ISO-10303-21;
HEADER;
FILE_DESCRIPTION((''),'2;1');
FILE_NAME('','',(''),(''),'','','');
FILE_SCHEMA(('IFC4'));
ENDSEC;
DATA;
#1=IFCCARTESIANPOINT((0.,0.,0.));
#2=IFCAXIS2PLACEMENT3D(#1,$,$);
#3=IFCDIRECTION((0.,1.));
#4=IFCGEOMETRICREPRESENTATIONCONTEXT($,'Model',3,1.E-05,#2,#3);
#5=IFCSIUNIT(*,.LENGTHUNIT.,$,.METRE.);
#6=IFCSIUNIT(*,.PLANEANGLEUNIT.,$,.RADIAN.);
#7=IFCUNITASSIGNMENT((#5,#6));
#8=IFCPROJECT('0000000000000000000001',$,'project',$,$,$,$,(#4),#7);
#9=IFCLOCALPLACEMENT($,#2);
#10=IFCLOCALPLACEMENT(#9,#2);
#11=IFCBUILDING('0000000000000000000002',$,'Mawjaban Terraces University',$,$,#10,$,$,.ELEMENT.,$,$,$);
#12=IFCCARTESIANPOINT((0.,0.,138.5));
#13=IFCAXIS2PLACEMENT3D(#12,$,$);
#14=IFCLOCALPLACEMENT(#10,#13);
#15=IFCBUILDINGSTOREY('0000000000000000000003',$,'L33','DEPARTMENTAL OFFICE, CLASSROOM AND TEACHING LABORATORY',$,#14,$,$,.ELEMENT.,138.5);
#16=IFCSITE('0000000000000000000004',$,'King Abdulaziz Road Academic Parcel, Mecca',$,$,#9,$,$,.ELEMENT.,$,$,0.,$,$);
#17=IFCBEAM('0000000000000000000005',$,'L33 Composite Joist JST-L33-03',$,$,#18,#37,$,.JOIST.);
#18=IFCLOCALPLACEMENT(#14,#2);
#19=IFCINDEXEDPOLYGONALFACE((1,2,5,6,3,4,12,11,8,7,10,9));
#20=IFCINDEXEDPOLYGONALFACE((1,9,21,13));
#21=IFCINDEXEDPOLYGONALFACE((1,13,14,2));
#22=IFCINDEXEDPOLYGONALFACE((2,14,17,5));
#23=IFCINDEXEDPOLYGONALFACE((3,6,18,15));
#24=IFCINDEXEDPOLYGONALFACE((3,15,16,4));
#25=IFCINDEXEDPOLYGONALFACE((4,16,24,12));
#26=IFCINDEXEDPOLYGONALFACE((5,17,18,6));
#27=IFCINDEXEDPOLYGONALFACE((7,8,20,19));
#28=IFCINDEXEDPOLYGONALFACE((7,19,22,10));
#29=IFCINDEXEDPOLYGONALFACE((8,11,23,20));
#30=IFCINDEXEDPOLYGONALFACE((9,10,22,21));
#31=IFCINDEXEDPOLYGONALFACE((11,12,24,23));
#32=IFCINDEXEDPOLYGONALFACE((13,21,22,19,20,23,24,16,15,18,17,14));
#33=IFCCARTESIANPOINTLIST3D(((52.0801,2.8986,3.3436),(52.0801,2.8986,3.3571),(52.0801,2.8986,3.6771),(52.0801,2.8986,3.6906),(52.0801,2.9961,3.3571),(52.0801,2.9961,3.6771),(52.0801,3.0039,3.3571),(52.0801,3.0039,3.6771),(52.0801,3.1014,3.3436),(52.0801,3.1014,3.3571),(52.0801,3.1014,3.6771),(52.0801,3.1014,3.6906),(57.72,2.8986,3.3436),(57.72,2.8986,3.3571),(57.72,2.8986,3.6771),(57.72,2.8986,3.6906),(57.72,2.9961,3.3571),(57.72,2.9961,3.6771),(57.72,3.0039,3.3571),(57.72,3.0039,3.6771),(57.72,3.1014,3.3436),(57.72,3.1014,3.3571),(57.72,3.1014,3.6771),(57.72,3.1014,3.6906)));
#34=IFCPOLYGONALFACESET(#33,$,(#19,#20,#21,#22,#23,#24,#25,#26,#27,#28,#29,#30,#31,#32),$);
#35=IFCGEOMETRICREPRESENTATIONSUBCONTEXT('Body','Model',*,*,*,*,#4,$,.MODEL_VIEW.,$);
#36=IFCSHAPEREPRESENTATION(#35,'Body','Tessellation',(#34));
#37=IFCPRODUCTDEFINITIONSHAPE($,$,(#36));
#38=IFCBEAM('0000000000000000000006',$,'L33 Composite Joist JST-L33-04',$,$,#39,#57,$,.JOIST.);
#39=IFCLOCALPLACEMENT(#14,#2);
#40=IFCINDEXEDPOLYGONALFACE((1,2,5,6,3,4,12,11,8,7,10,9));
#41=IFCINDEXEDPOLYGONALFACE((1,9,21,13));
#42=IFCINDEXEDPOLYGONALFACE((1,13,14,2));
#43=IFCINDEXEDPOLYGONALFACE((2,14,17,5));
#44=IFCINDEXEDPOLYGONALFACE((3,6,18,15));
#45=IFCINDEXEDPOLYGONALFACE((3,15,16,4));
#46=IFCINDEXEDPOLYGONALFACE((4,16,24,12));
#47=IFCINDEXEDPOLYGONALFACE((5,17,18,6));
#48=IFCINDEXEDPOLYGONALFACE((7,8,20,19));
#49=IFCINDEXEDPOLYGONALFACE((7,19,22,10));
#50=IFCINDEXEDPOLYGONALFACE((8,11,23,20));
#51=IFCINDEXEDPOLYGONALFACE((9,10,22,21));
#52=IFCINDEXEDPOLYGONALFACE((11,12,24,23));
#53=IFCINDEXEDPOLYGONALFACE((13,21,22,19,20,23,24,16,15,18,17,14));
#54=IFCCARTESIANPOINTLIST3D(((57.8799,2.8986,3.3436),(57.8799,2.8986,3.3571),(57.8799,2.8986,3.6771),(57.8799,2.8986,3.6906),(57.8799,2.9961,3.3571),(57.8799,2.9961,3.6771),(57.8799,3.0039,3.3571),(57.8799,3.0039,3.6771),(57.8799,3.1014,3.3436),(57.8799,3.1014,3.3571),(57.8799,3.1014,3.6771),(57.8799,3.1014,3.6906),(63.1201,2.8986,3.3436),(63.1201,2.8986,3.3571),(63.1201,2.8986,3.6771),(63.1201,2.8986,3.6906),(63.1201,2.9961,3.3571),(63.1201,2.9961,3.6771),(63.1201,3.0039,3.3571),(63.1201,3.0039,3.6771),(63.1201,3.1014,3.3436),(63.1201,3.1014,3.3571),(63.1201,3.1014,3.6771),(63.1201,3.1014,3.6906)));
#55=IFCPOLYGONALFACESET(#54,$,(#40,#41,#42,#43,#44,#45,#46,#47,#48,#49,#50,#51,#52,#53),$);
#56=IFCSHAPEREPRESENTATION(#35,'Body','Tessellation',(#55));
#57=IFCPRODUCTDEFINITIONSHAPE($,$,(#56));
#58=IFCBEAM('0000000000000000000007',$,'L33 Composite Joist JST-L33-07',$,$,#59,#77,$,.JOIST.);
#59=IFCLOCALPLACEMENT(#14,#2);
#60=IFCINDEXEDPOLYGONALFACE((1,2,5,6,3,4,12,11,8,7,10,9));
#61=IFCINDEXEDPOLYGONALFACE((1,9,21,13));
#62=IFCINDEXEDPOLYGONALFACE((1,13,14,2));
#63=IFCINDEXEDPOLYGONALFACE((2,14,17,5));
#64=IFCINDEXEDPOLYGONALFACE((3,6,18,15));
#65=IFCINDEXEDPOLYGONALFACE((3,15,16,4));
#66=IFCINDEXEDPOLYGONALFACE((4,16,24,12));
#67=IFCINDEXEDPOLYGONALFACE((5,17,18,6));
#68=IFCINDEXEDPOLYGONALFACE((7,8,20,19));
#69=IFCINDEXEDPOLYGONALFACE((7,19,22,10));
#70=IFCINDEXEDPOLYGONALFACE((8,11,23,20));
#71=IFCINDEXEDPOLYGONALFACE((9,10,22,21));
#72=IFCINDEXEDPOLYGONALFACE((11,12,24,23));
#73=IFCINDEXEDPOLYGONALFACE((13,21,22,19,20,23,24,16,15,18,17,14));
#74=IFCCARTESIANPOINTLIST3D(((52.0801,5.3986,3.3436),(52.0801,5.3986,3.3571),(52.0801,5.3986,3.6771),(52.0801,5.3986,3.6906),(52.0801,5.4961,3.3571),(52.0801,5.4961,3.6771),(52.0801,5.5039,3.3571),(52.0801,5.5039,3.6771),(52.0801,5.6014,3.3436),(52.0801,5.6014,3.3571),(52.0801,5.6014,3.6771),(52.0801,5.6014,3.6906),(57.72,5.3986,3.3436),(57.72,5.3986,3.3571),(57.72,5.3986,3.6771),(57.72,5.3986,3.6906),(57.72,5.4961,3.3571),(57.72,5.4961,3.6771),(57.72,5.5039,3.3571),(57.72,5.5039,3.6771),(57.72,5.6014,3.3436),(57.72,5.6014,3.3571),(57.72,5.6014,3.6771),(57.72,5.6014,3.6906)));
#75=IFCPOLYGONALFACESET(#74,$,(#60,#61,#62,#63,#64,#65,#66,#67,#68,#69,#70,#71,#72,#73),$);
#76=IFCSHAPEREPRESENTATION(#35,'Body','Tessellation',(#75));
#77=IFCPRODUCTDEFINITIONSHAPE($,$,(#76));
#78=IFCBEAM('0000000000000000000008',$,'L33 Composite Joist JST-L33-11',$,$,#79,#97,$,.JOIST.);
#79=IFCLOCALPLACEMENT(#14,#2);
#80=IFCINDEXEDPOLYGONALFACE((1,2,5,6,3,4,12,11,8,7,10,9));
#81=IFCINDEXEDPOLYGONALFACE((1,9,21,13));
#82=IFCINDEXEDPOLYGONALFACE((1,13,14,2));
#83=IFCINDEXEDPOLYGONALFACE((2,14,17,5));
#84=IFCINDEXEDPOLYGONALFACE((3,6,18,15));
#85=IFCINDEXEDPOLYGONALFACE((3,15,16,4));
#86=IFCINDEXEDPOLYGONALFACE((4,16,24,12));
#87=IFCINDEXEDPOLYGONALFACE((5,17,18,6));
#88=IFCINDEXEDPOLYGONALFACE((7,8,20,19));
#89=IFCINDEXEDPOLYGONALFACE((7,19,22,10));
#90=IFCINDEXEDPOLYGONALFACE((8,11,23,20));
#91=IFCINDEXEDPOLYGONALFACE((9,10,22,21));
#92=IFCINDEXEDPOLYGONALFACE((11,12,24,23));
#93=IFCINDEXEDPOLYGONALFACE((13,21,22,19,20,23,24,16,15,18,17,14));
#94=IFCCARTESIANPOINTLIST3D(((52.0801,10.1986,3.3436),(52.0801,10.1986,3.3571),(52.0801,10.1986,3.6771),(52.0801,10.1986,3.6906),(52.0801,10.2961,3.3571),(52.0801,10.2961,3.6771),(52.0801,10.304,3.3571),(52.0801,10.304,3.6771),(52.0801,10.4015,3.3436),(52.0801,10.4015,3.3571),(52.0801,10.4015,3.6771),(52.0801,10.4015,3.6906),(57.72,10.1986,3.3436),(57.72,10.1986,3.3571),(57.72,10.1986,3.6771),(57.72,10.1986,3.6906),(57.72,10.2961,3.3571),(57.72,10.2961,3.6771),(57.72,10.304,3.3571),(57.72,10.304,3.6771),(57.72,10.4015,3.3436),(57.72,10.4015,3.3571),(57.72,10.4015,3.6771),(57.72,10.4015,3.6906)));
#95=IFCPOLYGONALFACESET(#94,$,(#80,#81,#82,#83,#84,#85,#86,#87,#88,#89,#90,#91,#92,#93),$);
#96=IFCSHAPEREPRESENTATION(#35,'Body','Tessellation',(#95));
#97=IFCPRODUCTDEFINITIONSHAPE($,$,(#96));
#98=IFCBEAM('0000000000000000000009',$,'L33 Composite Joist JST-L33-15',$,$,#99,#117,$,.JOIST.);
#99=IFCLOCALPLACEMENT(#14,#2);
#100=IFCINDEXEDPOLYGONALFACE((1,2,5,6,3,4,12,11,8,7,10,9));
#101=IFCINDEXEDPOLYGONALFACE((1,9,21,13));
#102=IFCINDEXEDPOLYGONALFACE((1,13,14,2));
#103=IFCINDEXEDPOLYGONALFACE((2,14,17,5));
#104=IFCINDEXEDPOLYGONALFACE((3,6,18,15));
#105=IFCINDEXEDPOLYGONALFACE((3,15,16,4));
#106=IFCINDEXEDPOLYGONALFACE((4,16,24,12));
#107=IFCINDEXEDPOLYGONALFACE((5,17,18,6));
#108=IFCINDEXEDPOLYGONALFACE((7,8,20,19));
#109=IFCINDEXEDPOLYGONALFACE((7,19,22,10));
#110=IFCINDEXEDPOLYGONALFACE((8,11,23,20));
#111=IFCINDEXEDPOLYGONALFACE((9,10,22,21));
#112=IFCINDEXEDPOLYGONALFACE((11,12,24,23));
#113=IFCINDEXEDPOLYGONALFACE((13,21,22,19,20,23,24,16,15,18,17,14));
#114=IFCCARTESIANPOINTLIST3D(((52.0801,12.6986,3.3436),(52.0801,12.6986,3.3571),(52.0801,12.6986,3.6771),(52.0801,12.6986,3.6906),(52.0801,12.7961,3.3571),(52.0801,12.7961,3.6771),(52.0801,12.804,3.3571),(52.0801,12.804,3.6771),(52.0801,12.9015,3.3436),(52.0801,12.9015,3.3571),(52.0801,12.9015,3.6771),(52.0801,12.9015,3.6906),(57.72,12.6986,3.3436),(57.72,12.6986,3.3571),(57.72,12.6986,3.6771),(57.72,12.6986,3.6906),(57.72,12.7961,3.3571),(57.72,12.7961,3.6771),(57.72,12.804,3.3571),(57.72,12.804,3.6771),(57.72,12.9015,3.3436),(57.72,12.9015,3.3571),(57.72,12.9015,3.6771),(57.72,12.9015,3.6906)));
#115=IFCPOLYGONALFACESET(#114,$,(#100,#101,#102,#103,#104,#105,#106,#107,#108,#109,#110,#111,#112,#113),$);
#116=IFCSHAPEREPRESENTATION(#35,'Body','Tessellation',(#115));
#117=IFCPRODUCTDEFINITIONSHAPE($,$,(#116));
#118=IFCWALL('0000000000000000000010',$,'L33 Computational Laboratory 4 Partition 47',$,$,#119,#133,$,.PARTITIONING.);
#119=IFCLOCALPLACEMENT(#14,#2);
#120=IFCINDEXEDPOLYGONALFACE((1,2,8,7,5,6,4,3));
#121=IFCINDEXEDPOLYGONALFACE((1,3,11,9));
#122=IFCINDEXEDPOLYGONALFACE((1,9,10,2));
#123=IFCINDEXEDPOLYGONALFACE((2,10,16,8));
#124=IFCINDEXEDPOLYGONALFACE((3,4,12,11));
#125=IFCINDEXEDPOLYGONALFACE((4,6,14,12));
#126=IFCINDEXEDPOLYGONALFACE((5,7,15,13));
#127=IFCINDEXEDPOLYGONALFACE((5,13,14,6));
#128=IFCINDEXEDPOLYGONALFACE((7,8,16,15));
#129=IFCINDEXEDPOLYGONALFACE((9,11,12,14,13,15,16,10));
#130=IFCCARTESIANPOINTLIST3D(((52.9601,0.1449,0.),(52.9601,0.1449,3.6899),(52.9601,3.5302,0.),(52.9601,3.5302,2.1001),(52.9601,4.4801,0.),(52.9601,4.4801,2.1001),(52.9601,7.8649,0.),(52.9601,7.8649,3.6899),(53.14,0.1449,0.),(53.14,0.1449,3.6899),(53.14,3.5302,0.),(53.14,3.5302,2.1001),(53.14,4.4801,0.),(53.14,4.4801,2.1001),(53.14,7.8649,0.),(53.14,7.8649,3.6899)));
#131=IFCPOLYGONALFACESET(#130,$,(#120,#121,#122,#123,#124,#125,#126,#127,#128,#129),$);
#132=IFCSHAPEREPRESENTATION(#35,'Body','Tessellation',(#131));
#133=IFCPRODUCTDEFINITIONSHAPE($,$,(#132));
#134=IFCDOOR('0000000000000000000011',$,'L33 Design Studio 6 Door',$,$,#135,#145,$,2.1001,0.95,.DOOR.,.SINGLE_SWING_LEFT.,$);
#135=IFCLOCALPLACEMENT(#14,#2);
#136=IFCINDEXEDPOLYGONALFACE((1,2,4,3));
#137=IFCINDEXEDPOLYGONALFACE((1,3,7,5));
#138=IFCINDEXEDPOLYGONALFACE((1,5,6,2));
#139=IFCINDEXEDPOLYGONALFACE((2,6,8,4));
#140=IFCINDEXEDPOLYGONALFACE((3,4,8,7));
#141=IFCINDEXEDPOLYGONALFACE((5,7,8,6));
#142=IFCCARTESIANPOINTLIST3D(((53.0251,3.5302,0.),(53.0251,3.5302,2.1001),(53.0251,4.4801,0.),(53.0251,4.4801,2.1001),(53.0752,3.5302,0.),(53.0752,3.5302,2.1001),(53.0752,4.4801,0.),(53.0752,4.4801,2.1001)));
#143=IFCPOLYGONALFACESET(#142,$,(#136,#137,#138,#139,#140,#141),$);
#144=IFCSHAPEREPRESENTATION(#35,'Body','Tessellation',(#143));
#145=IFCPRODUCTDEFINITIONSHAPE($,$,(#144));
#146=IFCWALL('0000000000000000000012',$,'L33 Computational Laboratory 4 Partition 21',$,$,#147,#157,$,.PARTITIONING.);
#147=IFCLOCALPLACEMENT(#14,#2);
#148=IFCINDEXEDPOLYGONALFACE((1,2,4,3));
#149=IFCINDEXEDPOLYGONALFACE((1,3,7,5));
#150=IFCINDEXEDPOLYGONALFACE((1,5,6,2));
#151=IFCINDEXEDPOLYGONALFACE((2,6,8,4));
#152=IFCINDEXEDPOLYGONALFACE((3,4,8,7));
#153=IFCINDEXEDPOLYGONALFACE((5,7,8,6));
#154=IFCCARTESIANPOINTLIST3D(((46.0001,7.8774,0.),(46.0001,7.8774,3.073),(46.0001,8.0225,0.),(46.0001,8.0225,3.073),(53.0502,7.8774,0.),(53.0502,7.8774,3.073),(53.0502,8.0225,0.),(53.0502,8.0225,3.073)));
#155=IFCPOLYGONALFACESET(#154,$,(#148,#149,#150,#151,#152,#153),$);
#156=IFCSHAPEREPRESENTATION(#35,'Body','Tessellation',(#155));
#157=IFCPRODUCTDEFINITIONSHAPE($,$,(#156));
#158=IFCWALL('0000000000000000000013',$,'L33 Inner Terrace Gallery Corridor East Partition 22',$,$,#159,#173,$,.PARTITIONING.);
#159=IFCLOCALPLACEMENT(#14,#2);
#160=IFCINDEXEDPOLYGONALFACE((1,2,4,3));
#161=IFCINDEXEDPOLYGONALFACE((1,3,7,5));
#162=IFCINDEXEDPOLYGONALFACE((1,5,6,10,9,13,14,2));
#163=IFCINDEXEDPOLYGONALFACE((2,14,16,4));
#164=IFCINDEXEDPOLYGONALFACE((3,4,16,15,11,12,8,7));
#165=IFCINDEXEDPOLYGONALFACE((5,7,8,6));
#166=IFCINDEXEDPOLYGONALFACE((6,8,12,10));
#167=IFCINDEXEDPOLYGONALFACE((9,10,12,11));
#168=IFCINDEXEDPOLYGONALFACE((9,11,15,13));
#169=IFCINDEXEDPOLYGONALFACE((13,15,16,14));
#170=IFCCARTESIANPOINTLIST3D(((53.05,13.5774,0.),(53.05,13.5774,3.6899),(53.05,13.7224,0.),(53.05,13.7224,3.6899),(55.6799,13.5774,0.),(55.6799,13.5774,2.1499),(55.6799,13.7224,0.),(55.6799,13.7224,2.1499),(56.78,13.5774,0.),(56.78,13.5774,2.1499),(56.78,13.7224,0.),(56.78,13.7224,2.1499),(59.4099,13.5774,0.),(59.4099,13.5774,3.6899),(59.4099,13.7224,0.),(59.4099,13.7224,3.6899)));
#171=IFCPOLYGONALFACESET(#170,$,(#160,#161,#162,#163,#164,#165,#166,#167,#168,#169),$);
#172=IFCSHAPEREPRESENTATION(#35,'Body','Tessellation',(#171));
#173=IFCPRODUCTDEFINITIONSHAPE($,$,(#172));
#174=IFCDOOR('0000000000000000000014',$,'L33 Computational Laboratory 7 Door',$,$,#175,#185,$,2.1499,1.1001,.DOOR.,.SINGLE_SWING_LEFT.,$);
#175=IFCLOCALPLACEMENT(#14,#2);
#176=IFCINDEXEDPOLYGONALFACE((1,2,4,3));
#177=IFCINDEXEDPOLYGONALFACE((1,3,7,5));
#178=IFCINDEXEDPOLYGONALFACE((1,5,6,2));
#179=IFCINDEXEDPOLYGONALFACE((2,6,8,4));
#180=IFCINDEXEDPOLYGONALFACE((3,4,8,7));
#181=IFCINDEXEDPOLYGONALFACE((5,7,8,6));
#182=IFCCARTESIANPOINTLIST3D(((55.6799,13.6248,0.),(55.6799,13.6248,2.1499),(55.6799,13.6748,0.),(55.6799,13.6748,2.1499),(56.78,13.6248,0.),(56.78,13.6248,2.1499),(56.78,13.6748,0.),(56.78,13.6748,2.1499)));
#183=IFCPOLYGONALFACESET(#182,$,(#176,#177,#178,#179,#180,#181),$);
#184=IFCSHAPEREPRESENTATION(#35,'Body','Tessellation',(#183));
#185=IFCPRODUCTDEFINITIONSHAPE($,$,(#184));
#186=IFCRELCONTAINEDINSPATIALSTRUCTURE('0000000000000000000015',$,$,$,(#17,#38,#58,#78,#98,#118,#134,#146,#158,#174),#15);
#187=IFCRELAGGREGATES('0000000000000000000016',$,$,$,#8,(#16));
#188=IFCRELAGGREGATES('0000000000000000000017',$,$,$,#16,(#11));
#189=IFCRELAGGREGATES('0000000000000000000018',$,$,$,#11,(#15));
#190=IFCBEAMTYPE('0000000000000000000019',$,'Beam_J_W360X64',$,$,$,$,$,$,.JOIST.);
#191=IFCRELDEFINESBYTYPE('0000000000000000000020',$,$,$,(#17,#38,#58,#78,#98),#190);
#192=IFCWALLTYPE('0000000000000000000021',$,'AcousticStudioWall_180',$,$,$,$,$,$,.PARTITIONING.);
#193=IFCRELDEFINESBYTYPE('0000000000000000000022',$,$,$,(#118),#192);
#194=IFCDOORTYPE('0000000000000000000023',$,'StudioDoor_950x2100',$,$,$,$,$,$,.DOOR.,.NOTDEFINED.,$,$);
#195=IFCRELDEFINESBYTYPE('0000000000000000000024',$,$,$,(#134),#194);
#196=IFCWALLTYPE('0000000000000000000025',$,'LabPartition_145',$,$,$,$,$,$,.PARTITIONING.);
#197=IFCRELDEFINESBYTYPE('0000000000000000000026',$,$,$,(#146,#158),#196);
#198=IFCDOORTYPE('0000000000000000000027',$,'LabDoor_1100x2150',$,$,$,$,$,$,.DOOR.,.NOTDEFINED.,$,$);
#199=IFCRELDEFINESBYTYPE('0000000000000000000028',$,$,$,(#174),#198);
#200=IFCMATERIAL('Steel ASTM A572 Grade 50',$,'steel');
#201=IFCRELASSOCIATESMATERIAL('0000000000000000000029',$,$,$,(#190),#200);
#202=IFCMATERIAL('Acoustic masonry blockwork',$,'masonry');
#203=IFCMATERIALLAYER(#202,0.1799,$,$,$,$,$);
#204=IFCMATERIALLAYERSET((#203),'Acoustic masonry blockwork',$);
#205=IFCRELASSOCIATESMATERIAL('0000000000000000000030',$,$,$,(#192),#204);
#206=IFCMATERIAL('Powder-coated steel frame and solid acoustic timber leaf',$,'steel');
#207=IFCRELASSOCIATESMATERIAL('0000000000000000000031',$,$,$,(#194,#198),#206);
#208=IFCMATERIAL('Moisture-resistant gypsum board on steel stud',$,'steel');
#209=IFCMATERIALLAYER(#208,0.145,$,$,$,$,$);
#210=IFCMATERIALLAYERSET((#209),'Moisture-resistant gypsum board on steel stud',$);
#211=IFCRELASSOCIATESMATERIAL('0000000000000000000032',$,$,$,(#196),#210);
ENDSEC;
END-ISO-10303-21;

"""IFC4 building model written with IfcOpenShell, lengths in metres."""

from ifc_helpers import new_model, si_unit, direction, frame, frame_2d, origin, origin_2d, place, context, subcontext, project, spatial, rectangle, i_section, extrude, material, layer, layer_set, material_profile, profile_set, type_object, element, fill, save


model = new_model("IFC4")

# Units and contexts
model_context = context("Model", 3, precision=1e-05, world=origin(), true_north=direction((0.0, 1.0)))
body_context = subcontext(model_context, "Body", "Model", "MODEL_VIEW")
ifc_project = project(units=[si_unit("LENGTHUNIT", "METRE"), si_unit("PLANEANGLEUNIT", "RADIAN")], contexts=[model_context])

# Site, building, storey
site_placement = place(None, origin())
site = spatial("IfcSite", under=ifc_project, at=site_placement, Name="King Abdulaziz Road Academic Parcel, Mecca", CompositionType="ELEMENT", RefElevation=0.0)
building_placement = place(site_placement, origin())
building = spatial("IfcBuilding", under=site, at=building_placement, Name="Mawjaban Terraces University", CompositionType="ELEMENT")
storey_placement = place(building_placement, frame((0.0, 0.0, 138.5)))
storey = spatial("IfcBuildingStorey", under=building, at=storey_placement, Name="L33", Description="DEPARTMENTAL OFFICE, CLASSROOM AND TEACHING LABORATORY", CompositionType="ELEMENT", Elevation=138.5)

# Beams
ifc_material_1 = material(Name="Steel ASTM A572 Grade 50", Category="steel")
ifc_material_profile_1 = material_profile(ifc_material_1, i_section(OverallWidth=0.2029, OverallDepth=0.3469, WebThickness=0.0078, FlangeThickness=0.0134, at=origin_2d()), Name="W360X64")
ifc_profile_set_1 = profile_set([ifc_material_profile_1], Name="Steel ASTM A572 Grade 50")
beam_type_1 = type_object("IfcBeamType", Name="Beam_J_W360X64", PredefinedType="JOIST", material=ifc_profile_set_1)
beam_1_placement = place(storey_placement, frame((52.0801, 3.0, 3.5171), z_axis=(1.0, 0.0, 0.0), x_axis=(0.0, 1.0, 0.0)))
element("IfcBeam", 1, at=beam_1_placement, inside=storey, type_object=beam_type_1, Name="L33 Composite Joist JST-L33-03", PredefinedType="JOIST", context=body_context, shape_type="SweptSolid", body=[
    extrude(i_section(OverallWidth=0.2029, OverallDepth=0.3469, WebThickness=0.0078, FlangeThickness=0.0134, at=origin_2d()), origin(), (0.0, 0.0, 1.0), 5.6399),
])
beam_2_placement = place(storey_placement, frame((57.8799, 3.0, 3.5171), z_axis=(1.0, 0.0, 0.0), x_axis=(0.0, 1.0, 0.0)))
element("IfcBeam", 2, at=beam_2_placement, inside=storey, type_object=beam_type_1, Name="L33 Composite Joist JST-L33-04", PredefinedType="JOIST", context=body_context, shape_type="SweptSolid", body=[
    extrude(i_section(OverallWidth=0.2029, OverallDepth=0.3469, WebThickness=0.0078, FlangeThickness=0.0134, at=origin_2d()), origin(), (0.0, 0.0, 1.0), 5.2402),
])
for number, where, z_axis, x_axis, name in (
    (3, (52.0801, 5.5, 3.5171), (1.0, 0.0, 0.0), (0.0, 1.0, 0.0), "L33 Composite Joist JST-L33-07"),
    (4, (52.0801, 10.3, 3.5171), (1.0, 0.0, 0.0), (0.0, 1.0, 0.0), "L33 Composite Joist JST-L33-11"),
    (5, (52.0801, 12.8, 3.5171), (1.0, 0.0, 0.0), (0.0, 1.0, 0.0), "L33 Composite Joist JST-L33-15"),
):
    element("IfcBeam", number, at=place(storey_placement, frame(where, z_axis=z_axis, x_axis=x_axis)), inside=storey, type_object=beam_type_1, Name=name, PredefinedType="JOIST", context=body_context, shape_type="SweptSolid", body=[
        extrude(i_section(OverallWidth=0.2029, OverallDepth=0.3469, WebThickness=0.0078, FlangeThickness=0.0134, at=origin_2d()), origin(), (0.0, 0.0, 1.0), 5.6399),
    ])

# Wall, opening, door
ifc_material_2 = material(Name="Acoustic masonry blockwork", Category="masonry")
ifc_layer_1 = layer(ifc_material_2, 0.1799)
ifc_layer_set_1 = layer_set([ifc_layer_1], Name="Acoustic masonry blockwork")
wall_type_1 = type_object("IfcWallType", Name="AcousticStudioWall_180", PredefinedType="PARTITIONING", material=ifc_layer_set_1)
wall_1_placement = place(storey_placement, frame((53.05, 0.145, 0.0), z_axis=(0.0, 0.0, 1.0), x_axis=(0.0, 1.0, 0.0)))
wall_1 = element("IfcWall", 6, at=wall_1_placement, inside=storey, type_object=wall_type_1, Name="L33 Computational Laboratory 4 Partition 47", PredefinedType="PARTITIONING", context=body_context, shape_type="SweptSolid", body=[
    extrude(rectangle(XDim=7.72, YDim=0.1799, at=frame_2d((3.8599, 0.0))), origin(), (0.0, 0.0, 1.0), 3.6899),
])
opening_1_placement = place(wall_1_placement, frame((3.385, 0.0, 0.0)))
opening_1 = element("IfcOpeningElement", 7, at=opening_1_placement, cuts=wall_1, PredefinedType="OPENING", context=body_context, shape_type="SweptSolid", body=[
    extrude(rectangle(XDim=0.95, YDim=2.1001, at=frame_2d((0.4751, 1.05))), frame((0.0, 0.0999, 0.0), z_axis=(0.0, -1.0, 0.0), x_axis=(1.0, 0.0, 0.0)), (0.0, 0.0, 1.0), 0.2),
])
ifc_material_3 = material(Name="Powder-coated steel frame and solid acoustic timber leaf", Category="steel")
door_type_1 = type_object("IfcDoorType", Name="StudioDoor_950x2100", OperationType="NOTDEFINED", PredefinedType="DOOR", material=ifc_material_3)
door_1_placement = place(opening_1_placement, origin())
door_1 = element("IfcDoor", 8, at=door_1_placement, inside=storey, type_object=door_type_1, Name="L33 Design Studio 6 Door", OperationType="SINGLE_SWING_LEFT", OverallHeight=2.1001, OverallWidth=0.95, PredefinedType="DOOR", context=body_context, shape_type="SweptSolid", body=[
    extrude(rectangle(XDim=0.95, YDim=2.1001, at=frame_2d((0.4751, 1.05))), frame((0.0, 0.0249, 0.0), z_axis=(0.0, -1.0, 0.0), x_axis=(1.0, 0.0, 0.0)), (0.0, 0.0, 1.0), 0.05),
])
fill(opening_1, door_1)

# Wall
ifc_material_4 = material(Name="Moisture-resistant gypsum board on steel stud", Category="steel")
ifc_layer_2 = layer(ifc_material_4, 0.145)
ifc_layer_set_2 = layer_set([ifc_layer_2], Name="Moisture-resistant gypsum board on steel stud")
wall_type_2 = type_object("IfcWallType", Name="LabPartition_145", PredefinedType="PARTITIONING", material=ifc_layer_set_2)
wall_2_placement = place(storey_placement, frame((53.05, 7.95, 0.0), z_axis=(0.0, 0.0, 1.0), x_axis=(-1.0, 0.0, 0.0)))
element("IfcWall", 9, at=wall_2_placement, inside=storey, type_object=wall_type_2, Name="L33 Computational Laboratory 4 Partition 21", PredefinedType="PARTITIONING", context=body_context, shape_type="SweptSolid", body=[
    extrude(rectangle(XDim=7.05, YDim=0.145, at=frame_2d((3.5249, 0.0))), origin(), (0.0, 0.0, 1.0), 3.073),
])

# Wall, opening, door
wall_3_placement = place(storey_placement, frame((53.05, 13.6499, 0.0), z_axis=(0.0, 0.0, 1.0), x_axis=(1.0, 0.0, 0.0)))
wall_3 = element("IfcWall", 10, at=wall_3_placement, inside=storey, type_object=wall_type_2, Name="L33 Inner Terrace Gallery Corridor East Partition 22", PredefinedType="PARTITIONING", context=body_context, shape_type="SweptSolid", body=[
    extrude(rectangle(XDim=6.3599, YDim=0.145, at=frame_2d((3.1799, 0.0))), origin(), (0.0, 0.0, 1.0), 3.6899),
])
opening_2_placement = place(wall_3_placement, frame((2.6299, 0.0, 0.0)))
opening_2 = element("IfcOpeningElement", 11, at=opening_2_placement, cuts=wall_3, PredefinedType="OPENING", context=body_context, shape_type="SweptSolid", body=[
    extrude(rectangle(XDim=1.1001, YDim=2.1499, at=frame_2d((0.55, 1.075))), frame((0.0, 0.0825, 0.0), z_axis=(0.0, -1.0, 0.0), x_axis=(1.0, 0.0, 0.0)), (0.0, 0.0, 1.0), 0.165),
])
door_type_2 = type_object("IfcDoorType", Name="LabDoor_1100x2150", OperationType="NOTDEFINED", PredefinedType="DOOR", material=ifc_material_3)
door_2_placement = place(opening_2_placement, origin())
door_2 = element("IfcDoor", 12, at=door_2_placement, inside=storey, type_object=door_type_2, Name="L33 Computational Laboratory 7 Door", OperationType="SINGLE_SWING_LEFT", OverallHeight=2.1499, OverallWidth=1.1001, PredefinedType="DOOR", context=body_context, shape_type="SweptSolid", body=[
    extrude(rectangle(XDim=1.1001, YDim=2.1499, at=frame_2d((0.55, 1.075))), frame((0.0, 0.0249, 0.0), z_axis=(0.0, -1.0, 0.0), x_axis=(1.0, 0.0, 0.0)), (0.0, 0.0, 1.0), 0.05),
])
fill(opening_2, door_2)

save(model, "model.ifc")
